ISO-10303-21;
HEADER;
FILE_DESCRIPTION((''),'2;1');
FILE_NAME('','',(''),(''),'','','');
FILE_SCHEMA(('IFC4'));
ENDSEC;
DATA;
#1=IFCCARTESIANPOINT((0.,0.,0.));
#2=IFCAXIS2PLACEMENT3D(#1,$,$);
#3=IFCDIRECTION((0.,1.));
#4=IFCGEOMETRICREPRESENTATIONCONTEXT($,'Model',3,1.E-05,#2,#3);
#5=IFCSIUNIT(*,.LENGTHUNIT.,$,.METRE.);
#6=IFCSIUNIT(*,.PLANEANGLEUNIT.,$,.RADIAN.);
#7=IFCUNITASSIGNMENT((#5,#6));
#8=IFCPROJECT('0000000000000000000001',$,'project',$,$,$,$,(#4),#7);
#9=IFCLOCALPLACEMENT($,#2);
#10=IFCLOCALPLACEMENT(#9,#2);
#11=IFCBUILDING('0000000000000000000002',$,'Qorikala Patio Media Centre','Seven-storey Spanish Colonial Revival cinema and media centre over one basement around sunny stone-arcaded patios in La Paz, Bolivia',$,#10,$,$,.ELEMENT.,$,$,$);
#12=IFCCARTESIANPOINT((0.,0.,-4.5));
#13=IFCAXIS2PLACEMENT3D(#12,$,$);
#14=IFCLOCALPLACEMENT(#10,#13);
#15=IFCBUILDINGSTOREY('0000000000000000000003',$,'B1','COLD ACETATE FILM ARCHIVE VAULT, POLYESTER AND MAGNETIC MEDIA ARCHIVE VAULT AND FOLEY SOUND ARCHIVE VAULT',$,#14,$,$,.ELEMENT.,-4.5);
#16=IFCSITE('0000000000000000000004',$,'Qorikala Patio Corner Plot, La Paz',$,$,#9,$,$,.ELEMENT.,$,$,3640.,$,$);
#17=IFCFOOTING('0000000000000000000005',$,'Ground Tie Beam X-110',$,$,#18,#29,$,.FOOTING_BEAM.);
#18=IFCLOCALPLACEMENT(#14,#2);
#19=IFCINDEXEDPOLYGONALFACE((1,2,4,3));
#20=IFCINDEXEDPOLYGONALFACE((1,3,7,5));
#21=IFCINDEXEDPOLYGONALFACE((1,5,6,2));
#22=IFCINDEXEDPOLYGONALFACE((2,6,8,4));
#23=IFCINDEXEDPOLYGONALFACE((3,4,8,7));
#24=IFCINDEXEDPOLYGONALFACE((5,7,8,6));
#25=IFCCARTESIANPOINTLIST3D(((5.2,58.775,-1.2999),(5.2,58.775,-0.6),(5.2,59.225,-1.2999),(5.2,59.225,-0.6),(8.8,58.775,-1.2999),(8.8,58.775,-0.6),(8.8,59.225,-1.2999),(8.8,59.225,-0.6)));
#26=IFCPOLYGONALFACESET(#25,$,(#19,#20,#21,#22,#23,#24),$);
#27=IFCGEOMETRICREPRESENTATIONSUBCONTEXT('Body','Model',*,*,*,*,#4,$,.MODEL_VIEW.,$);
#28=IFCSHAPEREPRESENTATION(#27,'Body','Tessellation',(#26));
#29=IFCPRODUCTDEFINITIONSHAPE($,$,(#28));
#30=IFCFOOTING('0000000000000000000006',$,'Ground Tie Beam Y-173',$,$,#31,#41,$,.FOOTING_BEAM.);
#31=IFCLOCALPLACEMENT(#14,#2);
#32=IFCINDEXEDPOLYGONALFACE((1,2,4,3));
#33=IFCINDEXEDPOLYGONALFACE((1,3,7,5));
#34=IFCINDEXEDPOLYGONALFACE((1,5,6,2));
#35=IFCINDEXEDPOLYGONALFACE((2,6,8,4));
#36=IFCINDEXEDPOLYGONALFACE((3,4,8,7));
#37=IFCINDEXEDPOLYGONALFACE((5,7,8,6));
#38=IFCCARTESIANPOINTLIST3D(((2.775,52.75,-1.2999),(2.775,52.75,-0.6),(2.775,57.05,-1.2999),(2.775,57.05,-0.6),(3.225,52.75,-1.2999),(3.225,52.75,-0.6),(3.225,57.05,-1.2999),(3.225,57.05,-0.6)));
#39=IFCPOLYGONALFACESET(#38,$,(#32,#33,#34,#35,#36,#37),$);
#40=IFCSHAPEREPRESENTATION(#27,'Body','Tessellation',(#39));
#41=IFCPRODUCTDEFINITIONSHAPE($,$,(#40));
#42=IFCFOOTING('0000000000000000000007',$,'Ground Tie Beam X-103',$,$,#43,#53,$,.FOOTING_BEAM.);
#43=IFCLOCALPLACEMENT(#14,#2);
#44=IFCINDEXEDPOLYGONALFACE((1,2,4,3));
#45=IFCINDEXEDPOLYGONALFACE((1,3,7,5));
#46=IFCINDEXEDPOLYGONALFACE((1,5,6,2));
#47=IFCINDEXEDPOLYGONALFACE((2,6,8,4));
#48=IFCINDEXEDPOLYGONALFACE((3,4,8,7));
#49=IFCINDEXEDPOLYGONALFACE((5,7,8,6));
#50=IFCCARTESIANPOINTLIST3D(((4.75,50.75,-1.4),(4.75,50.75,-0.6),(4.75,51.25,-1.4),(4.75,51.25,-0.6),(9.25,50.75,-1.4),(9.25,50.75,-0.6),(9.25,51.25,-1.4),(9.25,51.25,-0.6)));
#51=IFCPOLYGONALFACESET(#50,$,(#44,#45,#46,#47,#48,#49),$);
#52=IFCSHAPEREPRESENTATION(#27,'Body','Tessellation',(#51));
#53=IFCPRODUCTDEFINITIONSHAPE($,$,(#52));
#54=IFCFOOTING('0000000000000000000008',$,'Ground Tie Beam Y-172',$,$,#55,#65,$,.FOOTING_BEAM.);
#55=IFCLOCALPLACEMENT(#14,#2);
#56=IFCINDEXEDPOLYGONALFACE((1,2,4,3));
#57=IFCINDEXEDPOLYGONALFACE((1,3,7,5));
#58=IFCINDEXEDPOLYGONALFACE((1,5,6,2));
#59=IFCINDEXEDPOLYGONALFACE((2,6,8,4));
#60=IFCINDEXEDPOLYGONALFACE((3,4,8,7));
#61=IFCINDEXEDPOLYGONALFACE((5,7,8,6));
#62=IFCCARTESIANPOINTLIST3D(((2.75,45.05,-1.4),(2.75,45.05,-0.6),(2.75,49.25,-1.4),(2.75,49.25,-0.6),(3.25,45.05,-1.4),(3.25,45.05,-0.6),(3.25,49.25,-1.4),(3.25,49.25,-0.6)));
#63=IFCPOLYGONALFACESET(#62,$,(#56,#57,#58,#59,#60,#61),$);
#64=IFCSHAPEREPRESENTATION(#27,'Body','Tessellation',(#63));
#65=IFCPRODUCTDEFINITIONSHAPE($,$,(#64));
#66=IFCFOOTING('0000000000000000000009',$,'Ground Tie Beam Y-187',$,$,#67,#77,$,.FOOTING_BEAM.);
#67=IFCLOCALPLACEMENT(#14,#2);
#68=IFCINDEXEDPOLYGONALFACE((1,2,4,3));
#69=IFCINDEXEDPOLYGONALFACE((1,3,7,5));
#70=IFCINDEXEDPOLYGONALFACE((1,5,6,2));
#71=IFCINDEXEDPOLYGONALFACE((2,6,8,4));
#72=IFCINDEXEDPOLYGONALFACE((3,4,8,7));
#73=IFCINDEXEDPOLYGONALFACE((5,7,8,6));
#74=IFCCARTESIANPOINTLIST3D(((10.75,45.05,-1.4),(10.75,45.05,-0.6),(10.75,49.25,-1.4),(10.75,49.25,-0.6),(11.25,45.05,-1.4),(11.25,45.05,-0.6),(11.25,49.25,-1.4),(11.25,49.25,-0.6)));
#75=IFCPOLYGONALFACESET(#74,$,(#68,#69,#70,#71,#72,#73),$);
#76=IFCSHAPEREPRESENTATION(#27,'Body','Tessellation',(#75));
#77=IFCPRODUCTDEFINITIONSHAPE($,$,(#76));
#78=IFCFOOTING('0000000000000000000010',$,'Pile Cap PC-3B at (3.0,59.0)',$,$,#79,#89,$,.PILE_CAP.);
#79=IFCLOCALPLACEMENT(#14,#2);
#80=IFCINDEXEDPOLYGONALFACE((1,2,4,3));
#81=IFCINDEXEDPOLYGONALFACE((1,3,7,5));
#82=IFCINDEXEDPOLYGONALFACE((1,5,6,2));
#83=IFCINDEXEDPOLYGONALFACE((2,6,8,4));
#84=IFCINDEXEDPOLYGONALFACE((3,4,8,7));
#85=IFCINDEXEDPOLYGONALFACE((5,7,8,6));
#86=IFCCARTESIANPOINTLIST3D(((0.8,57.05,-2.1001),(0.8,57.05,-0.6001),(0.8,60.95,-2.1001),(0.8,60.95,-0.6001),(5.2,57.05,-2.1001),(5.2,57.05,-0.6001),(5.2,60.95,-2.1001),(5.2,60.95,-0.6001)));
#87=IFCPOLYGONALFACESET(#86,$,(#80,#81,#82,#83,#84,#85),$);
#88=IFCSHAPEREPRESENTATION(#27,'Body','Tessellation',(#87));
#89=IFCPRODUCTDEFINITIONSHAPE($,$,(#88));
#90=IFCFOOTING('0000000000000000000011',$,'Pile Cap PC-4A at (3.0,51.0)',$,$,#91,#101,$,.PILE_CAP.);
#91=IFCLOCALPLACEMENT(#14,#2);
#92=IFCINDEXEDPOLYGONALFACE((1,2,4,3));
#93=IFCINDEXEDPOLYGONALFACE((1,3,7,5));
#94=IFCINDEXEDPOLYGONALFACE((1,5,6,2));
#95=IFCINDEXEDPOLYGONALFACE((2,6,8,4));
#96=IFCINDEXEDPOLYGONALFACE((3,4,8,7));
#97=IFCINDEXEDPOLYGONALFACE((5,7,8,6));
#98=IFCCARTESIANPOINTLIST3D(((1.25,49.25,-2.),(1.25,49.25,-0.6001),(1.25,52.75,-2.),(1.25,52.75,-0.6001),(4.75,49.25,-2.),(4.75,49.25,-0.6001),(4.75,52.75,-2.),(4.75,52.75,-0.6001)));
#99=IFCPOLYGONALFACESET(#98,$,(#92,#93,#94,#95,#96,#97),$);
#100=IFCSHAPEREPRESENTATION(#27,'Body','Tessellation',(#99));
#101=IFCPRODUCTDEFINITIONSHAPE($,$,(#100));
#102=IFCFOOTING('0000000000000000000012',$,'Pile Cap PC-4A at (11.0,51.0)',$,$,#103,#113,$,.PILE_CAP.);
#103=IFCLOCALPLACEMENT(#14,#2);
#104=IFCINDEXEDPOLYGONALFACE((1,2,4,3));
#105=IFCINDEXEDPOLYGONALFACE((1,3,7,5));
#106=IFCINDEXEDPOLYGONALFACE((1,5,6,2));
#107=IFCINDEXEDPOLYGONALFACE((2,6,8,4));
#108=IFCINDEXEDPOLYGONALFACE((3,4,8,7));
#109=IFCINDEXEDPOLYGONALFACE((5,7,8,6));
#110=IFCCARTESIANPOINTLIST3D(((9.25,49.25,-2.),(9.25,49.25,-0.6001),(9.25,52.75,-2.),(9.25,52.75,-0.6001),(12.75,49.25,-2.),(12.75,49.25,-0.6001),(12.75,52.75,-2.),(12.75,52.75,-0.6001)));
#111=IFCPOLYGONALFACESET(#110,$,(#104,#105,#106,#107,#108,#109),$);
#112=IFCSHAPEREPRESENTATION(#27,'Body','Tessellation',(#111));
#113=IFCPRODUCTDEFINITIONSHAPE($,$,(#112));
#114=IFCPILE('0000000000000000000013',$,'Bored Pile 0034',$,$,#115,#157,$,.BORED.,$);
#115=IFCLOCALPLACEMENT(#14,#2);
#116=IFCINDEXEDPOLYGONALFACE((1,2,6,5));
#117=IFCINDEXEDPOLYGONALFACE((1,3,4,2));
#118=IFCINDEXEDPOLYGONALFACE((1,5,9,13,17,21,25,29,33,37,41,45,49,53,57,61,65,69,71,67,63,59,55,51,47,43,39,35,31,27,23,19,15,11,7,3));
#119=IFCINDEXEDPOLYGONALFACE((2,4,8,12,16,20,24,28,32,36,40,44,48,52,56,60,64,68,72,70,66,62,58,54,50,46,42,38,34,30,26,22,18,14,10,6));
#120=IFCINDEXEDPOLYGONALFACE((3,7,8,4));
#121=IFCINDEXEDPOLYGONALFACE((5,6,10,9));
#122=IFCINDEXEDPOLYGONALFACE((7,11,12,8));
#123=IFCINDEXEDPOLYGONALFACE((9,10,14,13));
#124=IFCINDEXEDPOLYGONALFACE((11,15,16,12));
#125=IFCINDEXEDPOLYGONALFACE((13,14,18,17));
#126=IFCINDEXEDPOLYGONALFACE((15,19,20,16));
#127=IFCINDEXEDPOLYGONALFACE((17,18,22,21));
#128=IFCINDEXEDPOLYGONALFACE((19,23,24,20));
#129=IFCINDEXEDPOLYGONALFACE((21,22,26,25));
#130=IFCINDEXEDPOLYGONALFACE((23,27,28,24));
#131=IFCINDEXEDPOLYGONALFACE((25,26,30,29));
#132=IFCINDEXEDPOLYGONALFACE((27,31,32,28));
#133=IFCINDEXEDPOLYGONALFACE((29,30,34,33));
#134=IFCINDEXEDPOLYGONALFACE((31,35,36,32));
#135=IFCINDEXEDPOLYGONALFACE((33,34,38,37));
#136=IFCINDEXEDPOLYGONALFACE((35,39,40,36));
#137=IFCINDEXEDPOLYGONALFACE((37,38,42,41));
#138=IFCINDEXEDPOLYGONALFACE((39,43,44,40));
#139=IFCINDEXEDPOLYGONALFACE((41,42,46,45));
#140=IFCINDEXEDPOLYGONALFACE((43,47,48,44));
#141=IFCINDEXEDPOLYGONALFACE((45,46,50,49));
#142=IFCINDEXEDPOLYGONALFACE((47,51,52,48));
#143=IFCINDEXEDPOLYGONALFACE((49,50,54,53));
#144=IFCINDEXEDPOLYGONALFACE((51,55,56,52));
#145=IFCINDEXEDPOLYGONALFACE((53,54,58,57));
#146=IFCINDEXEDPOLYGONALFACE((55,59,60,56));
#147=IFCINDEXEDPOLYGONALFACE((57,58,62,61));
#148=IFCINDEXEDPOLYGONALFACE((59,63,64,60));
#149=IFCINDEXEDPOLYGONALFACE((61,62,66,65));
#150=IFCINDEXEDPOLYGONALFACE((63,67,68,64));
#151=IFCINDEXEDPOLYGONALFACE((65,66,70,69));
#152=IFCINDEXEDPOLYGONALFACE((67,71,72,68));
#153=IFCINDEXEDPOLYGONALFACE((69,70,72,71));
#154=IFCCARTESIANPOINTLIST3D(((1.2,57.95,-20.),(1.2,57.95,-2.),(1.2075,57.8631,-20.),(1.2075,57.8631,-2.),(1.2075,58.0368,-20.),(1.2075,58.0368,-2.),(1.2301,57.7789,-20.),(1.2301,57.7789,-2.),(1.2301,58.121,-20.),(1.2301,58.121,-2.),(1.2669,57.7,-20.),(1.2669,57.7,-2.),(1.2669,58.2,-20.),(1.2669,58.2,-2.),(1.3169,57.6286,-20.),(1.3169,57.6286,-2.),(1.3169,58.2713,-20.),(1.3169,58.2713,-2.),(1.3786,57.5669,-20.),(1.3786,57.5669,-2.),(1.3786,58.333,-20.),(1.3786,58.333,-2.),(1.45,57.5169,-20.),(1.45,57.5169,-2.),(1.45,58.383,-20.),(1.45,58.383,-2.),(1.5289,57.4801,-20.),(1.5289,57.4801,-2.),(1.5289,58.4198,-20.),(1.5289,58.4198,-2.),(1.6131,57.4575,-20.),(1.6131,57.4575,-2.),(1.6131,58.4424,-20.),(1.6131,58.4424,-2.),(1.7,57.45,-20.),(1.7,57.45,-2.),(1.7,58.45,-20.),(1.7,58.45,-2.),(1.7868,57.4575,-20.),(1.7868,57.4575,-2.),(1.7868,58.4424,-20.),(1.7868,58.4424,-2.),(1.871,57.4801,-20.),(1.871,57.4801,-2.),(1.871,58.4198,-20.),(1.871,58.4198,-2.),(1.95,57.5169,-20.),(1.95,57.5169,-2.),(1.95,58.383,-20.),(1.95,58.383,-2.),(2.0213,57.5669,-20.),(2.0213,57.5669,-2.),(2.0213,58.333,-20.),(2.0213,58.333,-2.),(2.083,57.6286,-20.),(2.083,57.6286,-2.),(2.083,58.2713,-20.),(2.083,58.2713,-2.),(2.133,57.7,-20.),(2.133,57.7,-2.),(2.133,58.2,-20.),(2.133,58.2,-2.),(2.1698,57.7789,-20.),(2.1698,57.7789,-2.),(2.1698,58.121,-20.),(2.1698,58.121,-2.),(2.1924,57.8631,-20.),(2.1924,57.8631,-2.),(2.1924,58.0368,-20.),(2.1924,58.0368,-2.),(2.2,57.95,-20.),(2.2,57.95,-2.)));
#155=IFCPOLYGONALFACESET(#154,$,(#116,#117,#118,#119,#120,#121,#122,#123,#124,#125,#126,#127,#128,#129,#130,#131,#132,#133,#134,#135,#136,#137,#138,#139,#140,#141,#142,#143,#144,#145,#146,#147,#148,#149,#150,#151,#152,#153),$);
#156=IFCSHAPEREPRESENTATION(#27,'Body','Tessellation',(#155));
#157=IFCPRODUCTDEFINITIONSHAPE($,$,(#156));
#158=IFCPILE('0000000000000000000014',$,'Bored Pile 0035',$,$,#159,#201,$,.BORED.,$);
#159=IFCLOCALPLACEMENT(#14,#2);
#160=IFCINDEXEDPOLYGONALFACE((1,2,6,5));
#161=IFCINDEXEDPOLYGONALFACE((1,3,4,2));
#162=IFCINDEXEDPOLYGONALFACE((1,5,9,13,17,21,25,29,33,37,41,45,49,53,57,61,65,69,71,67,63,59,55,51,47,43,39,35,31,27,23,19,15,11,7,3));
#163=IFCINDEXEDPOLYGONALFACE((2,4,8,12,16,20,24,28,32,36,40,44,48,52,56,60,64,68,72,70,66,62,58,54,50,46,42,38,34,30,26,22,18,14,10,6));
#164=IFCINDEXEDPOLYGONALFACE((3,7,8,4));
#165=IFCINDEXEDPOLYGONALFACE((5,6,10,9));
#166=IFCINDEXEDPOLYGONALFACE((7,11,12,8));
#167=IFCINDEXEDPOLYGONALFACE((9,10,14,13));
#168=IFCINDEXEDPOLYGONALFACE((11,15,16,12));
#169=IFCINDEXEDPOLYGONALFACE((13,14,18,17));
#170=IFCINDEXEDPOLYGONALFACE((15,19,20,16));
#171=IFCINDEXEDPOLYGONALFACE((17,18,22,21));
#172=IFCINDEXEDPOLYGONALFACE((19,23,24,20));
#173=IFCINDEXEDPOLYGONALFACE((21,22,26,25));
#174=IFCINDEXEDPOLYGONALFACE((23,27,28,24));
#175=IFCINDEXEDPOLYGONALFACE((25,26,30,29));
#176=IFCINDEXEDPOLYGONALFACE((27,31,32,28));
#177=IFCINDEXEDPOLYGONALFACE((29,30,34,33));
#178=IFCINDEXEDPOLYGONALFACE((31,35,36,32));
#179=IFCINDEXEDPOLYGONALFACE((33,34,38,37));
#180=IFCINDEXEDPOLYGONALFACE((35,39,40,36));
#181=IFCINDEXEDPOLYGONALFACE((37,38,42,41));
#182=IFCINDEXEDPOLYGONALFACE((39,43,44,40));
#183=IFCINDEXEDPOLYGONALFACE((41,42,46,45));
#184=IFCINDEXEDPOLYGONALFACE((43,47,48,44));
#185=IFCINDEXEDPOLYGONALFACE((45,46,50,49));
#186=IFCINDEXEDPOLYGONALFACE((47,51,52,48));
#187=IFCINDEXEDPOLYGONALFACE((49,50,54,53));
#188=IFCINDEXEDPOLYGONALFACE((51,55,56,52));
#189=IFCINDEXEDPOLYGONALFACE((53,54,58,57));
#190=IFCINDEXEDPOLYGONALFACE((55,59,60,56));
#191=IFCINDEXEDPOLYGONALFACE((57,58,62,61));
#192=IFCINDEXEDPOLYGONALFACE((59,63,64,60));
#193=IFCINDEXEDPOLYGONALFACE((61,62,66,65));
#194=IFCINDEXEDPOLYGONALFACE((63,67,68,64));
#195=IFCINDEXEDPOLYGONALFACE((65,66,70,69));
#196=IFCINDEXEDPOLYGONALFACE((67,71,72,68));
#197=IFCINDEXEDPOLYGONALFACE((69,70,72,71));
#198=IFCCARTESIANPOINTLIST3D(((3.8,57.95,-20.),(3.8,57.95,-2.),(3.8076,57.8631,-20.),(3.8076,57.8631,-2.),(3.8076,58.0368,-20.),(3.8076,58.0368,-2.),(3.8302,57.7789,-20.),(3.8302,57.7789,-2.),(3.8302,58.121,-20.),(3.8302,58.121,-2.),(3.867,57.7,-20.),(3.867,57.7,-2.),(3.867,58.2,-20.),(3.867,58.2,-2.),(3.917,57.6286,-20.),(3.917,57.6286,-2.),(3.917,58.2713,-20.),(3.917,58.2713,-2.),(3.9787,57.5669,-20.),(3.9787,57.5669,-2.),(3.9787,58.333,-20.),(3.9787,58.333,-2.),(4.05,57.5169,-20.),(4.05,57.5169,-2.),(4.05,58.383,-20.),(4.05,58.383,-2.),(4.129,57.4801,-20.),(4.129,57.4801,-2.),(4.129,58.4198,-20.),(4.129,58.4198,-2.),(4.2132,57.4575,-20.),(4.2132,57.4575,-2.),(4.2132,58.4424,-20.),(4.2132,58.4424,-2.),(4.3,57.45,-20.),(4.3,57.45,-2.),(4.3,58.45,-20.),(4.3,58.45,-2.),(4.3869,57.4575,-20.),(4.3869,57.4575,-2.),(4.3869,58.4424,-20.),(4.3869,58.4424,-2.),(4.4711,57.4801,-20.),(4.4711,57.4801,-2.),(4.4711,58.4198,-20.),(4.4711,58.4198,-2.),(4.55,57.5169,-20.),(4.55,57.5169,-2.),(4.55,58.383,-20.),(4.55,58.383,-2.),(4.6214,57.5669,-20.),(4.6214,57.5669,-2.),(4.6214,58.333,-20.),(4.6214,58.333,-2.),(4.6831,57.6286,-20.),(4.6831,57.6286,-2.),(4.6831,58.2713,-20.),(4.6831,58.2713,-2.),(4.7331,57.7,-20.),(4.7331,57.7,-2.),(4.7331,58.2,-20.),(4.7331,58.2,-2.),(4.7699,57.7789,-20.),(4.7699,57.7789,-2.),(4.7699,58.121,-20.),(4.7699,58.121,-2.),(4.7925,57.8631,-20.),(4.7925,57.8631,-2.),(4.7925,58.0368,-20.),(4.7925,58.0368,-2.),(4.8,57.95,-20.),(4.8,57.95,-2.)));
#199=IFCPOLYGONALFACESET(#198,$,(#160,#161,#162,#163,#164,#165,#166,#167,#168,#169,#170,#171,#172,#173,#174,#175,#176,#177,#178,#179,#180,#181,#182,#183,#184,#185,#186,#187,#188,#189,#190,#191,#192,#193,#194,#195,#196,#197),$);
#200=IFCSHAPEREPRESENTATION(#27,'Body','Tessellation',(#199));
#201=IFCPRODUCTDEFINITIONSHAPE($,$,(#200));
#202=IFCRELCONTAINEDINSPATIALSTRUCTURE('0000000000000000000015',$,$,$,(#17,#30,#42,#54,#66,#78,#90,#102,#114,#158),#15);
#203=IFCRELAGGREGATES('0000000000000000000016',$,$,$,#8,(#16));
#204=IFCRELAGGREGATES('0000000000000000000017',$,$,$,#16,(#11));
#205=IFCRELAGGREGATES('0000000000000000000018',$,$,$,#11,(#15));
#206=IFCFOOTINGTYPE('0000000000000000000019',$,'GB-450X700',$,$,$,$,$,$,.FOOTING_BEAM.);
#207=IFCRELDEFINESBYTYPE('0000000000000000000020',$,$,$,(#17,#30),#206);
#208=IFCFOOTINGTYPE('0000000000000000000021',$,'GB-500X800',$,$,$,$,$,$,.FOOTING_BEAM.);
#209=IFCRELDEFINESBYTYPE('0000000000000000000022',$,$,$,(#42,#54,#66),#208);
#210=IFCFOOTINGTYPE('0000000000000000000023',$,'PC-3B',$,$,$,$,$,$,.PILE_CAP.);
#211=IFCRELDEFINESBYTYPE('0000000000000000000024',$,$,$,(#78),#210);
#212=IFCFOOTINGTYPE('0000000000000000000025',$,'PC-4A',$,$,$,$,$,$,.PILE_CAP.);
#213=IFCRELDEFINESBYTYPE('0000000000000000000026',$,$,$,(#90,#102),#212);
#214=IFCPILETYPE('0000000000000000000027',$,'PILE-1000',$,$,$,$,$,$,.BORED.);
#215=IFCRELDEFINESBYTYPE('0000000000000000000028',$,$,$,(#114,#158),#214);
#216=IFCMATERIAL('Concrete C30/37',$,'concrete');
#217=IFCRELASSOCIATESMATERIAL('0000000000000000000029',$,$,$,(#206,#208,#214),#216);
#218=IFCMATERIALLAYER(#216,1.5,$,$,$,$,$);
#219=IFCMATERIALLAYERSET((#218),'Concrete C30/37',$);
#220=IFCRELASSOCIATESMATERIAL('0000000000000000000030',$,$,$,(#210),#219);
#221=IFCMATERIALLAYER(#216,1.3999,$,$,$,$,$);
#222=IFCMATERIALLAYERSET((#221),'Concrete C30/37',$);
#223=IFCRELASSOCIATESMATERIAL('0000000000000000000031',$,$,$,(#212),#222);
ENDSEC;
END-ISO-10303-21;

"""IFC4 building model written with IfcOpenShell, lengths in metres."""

from ifc_helpers import new_model, si_unit, direction, frame, origin, origin_2d, place, context, subcontext, project, spatial, rectangle, circle, extrude, material, layer, layer_set, material_profile, profile_set, type_object, element, save


model = new_model("IFC4")

# Units and contexts
model_context = context("Model", 3, precision=1e-05, world=origin(), true_north=direction((0.0, 1.0)))
body_context = subcontext(model_context, "Body", "Model", "MODEL_VIEW")
ifc_project = project(units=[si_unit("LENGTHUNIT", "METRE"), si_unit("PLANEANGLEUNIT", "RADIAN")], contexts=[model_context])

# Site, building, storey
site_placement = place(None, origin())
site = spatial("IfcSite", under=ifc_project, at=site_placement, Name="Qorikala Patio Corner Plot, La Paz", CompositionType="ELEMENT", RefElevation=3640.0)
building_placement = place(site_placement, origin())
building = spatial("IfcBuilding", under=site, at=building_placement, Name="Qorikala Patio Media Centre", Description="Seven-storey Spanish Colonial Revival cinema and media centre over one basement around sunny stone-arcaded patios in La Paz, Bolivia", CompositionType="ELEMENT")
storey_placement = place(building_placement, frame((0.0, 0.0, -4.5)))
storey = spatial("IfcBuildingStorey", under=building, at=storey_placement, Name="B1", Description="COLD ACETATE FILM ARCHIVE VAULT, POLYESTER AND MAGNETIC MEDIA ARCHIVE VAULT AND FOLEY SOUND ARCHIVE VAULT", CompositionType="ELEMENT", Elevation=-4.5)

# Footings
ifc_material_1 = material(Name="Concrete C30/37", Category="concrete")
ifc_material_profile_1 = material_profile(ifc_material_1, rectangle(XDim=0.45, YDim=0.7, at=origin_2d()), Name="RC 450x700")
ifc_profile_set_1 = profile_set([ifc_material_profile_1], Name="Concrete C30/37")
footing_type_1 = type_object("IfcFootingType", Name="GB-450X700", PredefinedType="FOOTING_BEAM", material=ifc_profile_set_1)
footing_1_placement = place(storey_placement, frame((5.2, 59.0, -0.95), z_axis=(1.0, 0.0, 0.0), x_axis=(0.0, 1.0, 0.0)))
element("IfcFooting", 1, at=footing_1_placement, inside=storey, type_object=footing_type_1, Name="Ground Tie Beam X-110", PredefinedType="FOOTING_BEAM", context=body_context, shape_type="SweptSolid", body=[
    extrude(rectangle(XDim=0.45, YDim=0.7, at=origin_2d()), origin(), (0.0, 0.0, 1.0), 3.6001),
])
footing_2_placement = place(storey_placement, frame((3.0, 52.75, -0.95), z_axis=(0.0, 1.0, 0.0), x_axis=(-1.0, 0.0, 0.0)))
element("IfcFooting", 2, at=footing_2_placement, inside=storey, type_object=footing_type_1, Name="Ground Tie Beam Y-173", PredefinedType="FOOTING_BEAM", context=body_context, shape_type="SweptSolid", body=[
    extrude(rectangle(XDim=0.45, YDim=0.7, at=origin_2d()), origin(), (0.0, 0.0, 1.0), 4.3),
])
ifc_material_profile_2 = material_profile(ifc_material_1, rectangle(XDim=0.5, YDim=0.8, at=origin_2d()), Name="RC 500x800")
ifc_profile_set_2 = profile_set([ifc_material_profile_2], Name="Concrete C30/37")
footing_type_2 = type_object("IfcFootingType", Name="GB-500X800", PredefinedType="FOOTING_BEAM", material=ifc_profile_set_2)
footing_3_placement = place(storey_placement, frame((4.75, 51.0, -1.0), z_axis=(1.0, 0.0, 0.0), x_axis=(0.0, 1.0, 0.0)))
element("IfcFooting", 3, at=footing_3_placement, inside=storey, type_object=footing_type_2, Name="Ground Tie Beam X-103", PredefinedType="FOOTING_BEAM", context=body_context, shape_type="SweptSolid", body=[
    extrude(rectangle(XDim=0.5, YDim=0.8, at=origin_2d()), origin(), (0.0, 0.0, 1.0), 4.5),
])
for number, where, z_axis, x_axis, name in (
    (4, (3.0, 45.05, -1.0), (0.0, 1.0, 0.0), (-1.0, 0.0, 0.0), "Ground Tie Beam Y-172"),
    (5, (11.0, 45.05, -1.0), (0.0, 1.0, 0.0), (-1.0, 0.0, 0.0), "Ground Tie Beam Y-187"),
):
    element("IfcFooting", number, at=place(storey_placement, frame(where, z_axis=z_axis, x_axis=x_axis)), inside=storey, type_object=footing_type_2, Name=name, PredefinedType="FOOTING_BEAM", context=body_context, shape_type="SweptSolid", body=[
        extrude(rectangle(XDim=0.5, YDim=0.8, at=origin_2d()), origin(), (0.0, 0.0, 1.0), 4.2),
    ])
ifc_layer_1 = layer(ifc_material_1, 1.5)
ifc_layer_set_1 = layer_set([ifc_layer_1], Name="Concrete C30/37")
footing_type_3 = type_object("IfcFootingType", Name="PC-3B", PredefinedType="PILE_CAP", material=ifc_layer_set_1)
footing_4_placement = place(storey_placement, frame((3.0, 59.0, -2.1001), z_axis=(0.0, 0.0, 1.0), x_axis=(1.0, 0.0, 0.0)))
element("IfcFooting", 6, at=footing_4_placement, inside=storey, type_object=footing_type_3, Name="Pile Cap PC-3B at (3.0,59.0)", PredefinedType="PILE_CAP", context=body_context, shape_type="SweptSolid", body=[
    extrude(rectangle(XDim=4.3999, YDim=3.8999, at=origin_2d()), origin(), (0.0, 0.0, 1.0), 1.5),
])
ifc_layer_2 = layer(ifc_material_1, 1.3999)
ifc_layer_set_2 = layer_set([ifc_layer_2], Name="Concrete C30/37")
footing_type_4 = type_object("IfcFootingType", Name="PC-4A", PredefinedType="PILE_CAP", material=ifc_layer_set_2)
for number, where, z_axis, x_axis, name in (
    (7, (3.0, 51.0, -2.0), (0.0, 0.0, 1.0), (1.0, 0.0, 0.0), "Pile Cap PC-4A at (3.0,51.0)"),
    (8, (11.0, 51.0, -2.0), (0.0, 0.0, 1.0), (1.0, 0.0, 0.0), "Pile Cap PC-4A at (11.0,51.0)"),
):
    element("IfcFooting", number, at=place(storey_placement, frame(where, z_axis=z_axis, x_axis=x_axis)), inside=storey, type_object=footing_type_4, Name=name, PredefinedType="PILE_CAP", context=body_context, shape_type="SweptSolid", body=[
        extrude(rectangle(XDim=3.5, YDim=3.5, at=origin_2d()), origin(), (0.0, 0.0, 1.0), 1.3999),
    ])

# Piles
ifc_material_profile_3 = material_profile(ifc_material_1, circle(Radius=0.5, at=origin_2d()), Name="BORED PILE 1000")
ifc_profile_set_3 = profile_set([ifc_material_profile_3], Name="Concrete C30/37")
pile_type_1 = type_object("IfcPileType", Name="PILE-1000", PredefinedType="BORED", material=ifc_profile_set_3)
for number, where, z_axis, x_axis, name in (
    (9, (1.7, 57.95, -2.0), (0.0, 0.0, -1.0), (1.0, 0.0, 0.0), "Bored Pile 0034"),
    (10, (4.3, 57.95, -2.0), (0.0, 0.0, -1.0), (1.0, 0.0, 0.0), "Bored Pile 0035"),
):
    element("IfcPile", number, at=place(storey_placement, frame(where, z_axis=z_axis, x_axis=x_axis)), inside=storey, type_object=pile_type_1, Name=name, PredefinedType="BORED", context=body_context, shape_type="SweptSolid", body=[
        extrude(circle(Radius=0.5, at=origin_2d()), origin(), (0.0, 0.0, 1.0), 18.0),
    ])

save(model, "model.ifc")
